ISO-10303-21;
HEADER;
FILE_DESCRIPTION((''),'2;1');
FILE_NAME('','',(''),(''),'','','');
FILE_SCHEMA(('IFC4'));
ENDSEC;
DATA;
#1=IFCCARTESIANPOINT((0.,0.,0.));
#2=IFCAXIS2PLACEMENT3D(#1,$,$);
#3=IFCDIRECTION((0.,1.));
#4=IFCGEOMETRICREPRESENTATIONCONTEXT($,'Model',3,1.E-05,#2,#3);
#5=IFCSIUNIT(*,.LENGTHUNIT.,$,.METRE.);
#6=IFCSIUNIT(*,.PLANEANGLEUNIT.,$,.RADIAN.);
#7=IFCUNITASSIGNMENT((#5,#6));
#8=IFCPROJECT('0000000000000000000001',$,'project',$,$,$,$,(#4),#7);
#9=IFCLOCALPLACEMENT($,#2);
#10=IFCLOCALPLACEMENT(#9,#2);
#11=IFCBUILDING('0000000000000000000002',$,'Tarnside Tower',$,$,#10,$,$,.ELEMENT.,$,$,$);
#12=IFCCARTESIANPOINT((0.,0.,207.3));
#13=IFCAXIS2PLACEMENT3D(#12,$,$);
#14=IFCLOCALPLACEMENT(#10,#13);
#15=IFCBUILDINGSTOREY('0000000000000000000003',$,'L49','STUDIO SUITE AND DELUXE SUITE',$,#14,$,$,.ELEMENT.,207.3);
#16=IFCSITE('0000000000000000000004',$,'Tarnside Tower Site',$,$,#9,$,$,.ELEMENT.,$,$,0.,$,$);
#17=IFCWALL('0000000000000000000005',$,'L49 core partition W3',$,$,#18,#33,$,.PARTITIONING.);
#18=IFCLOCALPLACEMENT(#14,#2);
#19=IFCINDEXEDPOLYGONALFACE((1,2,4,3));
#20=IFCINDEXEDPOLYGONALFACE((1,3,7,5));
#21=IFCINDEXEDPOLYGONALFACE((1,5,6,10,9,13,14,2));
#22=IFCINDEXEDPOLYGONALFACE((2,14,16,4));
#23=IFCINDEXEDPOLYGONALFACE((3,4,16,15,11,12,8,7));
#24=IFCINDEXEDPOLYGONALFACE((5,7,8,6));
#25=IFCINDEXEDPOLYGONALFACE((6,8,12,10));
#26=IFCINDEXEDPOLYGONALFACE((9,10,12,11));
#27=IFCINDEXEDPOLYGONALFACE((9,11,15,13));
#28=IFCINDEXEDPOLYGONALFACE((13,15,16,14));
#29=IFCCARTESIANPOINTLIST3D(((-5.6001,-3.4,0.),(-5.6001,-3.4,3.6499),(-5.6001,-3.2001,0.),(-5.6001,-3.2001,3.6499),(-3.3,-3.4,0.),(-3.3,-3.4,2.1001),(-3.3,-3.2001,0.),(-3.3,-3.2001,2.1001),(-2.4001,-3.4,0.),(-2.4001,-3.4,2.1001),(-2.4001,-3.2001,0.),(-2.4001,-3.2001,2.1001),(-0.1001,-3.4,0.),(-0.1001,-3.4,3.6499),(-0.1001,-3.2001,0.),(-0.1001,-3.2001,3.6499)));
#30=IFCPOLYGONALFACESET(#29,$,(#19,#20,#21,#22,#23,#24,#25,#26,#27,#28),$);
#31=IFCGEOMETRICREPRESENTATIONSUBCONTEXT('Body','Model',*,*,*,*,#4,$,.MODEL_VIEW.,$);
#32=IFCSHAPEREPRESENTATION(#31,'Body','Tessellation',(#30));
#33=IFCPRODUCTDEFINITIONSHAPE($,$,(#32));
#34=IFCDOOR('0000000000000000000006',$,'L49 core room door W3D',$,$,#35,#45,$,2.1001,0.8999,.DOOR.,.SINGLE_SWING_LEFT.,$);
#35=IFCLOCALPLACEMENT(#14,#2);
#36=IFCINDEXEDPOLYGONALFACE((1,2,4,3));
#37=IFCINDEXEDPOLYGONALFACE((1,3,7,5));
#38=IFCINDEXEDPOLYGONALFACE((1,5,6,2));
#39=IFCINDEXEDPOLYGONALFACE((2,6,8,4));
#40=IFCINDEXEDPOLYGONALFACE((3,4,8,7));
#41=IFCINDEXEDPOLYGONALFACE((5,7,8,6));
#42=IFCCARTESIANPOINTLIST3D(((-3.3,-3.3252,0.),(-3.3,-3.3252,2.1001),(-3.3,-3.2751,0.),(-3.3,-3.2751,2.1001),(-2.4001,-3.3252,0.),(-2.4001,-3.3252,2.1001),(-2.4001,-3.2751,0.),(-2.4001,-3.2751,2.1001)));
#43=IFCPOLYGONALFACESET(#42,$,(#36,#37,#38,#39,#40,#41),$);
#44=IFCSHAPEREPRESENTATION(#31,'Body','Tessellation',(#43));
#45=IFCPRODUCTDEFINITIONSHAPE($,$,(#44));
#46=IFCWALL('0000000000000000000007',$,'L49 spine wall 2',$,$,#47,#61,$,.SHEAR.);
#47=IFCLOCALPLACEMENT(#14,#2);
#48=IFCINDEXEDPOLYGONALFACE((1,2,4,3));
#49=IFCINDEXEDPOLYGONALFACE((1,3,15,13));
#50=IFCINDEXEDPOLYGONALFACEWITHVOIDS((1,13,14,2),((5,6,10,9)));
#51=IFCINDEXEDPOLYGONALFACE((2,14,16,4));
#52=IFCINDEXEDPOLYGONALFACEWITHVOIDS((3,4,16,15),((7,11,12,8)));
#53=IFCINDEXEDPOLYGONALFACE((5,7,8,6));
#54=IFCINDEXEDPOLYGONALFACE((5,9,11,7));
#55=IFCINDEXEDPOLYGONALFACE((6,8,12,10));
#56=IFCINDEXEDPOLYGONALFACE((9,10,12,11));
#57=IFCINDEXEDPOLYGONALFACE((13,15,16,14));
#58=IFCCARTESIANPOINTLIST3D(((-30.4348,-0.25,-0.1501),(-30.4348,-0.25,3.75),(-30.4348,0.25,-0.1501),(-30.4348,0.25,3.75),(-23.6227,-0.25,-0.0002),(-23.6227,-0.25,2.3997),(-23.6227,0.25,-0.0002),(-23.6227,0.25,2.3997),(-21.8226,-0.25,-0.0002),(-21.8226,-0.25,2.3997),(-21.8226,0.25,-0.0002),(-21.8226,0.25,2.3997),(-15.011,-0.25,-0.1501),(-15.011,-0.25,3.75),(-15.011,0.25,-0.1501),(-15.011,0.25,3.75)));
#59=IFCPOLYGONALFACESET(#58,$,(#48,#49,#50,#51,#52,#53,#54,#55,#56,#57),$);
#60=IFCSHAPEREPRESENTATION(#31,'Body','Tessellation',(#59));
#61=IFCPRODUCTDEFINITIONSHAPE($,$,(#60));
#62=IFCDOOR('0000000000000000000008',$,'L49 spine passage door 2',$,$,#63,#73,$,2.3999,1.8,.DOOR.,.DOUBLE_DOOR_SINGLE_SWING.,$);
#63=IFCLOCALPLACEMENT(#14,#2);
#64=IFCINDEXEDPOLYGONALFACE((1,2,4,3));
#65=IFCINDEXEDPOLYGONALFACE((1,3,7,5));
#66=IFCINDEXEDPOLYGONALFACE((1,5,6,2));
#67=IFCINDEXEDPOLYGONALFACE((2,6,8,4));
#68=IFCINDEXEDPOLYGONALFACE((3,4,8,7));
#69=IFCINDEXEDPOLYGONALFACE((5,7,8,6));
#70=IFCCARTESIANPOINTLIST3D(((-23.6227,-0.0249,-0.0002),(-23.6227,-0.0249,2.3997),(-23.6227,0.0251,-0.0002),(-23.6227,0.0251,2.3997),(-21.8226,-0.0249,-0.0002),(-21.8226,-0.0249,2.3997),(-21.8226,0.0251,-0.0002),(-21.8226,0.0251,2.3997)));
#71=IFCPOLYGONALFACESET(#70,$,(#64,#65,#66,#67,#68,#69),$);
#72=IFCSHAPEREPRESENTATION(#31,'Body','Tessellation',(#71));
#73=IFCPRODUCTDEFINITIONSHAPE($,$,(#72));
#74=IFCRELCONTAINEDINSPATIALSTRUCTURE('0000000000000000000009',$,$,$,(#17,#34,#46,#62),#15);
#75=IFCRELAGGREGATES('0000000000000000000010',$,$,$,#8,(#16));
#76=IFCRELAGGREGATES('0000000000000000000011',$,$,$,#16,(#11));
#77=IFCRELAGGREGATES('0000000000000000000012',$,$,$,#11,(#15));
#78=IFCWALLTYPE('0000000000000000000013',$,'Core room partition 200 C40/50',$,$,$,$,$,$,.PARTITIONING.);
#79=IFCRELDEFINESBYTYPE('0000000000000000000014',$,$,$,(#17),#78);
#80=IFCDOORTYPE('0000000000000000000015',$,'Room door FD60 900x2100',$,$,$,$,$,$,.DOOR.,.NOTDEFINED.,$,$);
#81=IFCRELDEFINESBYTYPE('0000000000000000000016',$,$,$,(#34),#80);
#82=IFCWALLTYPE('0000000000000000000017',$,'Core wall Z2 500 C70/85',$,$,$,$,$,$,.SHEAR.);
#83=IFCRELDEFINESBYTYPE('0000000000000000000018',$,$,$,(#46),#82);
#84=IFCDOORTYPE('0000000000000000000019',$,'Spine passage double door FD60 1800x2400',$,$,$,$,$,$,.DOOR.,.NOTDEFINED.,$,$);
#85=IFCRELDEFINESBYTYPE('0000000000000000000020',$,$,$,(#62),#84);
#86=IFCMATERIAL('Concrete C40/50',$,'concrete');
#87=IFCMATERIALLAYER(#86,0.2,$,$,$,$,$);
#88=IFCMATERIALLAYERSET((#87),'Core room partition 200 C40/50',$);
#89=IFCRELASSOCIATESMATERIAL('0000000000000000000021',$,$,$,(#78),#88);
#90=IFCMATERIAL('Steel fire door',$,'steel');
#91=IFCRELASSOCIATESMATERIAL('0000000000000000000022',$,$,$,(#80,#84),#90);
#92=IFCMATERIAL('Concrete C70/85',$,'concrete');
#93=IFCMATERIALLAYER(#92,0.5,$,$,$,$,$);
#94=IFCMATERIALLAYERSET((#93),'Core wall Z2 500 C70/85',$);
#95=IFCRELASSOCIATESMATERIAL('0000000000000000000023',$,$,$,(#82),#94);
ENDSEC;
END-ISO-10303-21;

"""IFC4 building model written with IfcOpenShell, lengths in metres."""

from ifc_helpers import new_model, si_unit, direction, frame, frame_2d, origin, place, context, subcontext, project, spatial, rectangle, extrude, material, layer, layer_set, type_object, element, fill, save


model = new_model("IFC4")

# Units and contexts
model_context = context("Model", 3, precision=1e-05, world=origin(), true_north=direction((0.0, 1.0)))
body_context = subcontext(model_context, "Body", "Model", "MODEL_VIEW")
ifc_project = project(units=[si_unit("LENGTHUNIT", "METRE"), si_unit("PLANEANGLEUNIT", "RADIAN")], contexts=[model_context])

# Site, building, storey
site_placement = place(None, origin())
site = spatial("IfcSite", under=ifc_project, at=site_placement, Name="Tarnside Tower Site", CompositionType="ELEMENT", RefElevation=0.0)
building_placement = place(site_placement, origin())
building = spatial("IfcBuilding", under=site, at=building_placement, Name="Tarnside Tower", CompositionType="ELEMENT")
storey_placement = place(building_placement, frame((0.0, 0.0, 207.3)))
storey = spatial("IfcBuildingStorey", under=building, at=storey_placement, Name="L49", Description="STUDIO SUITE AND DELUXE SUITE", CompositionType="ELEMENT", Elevation=207.3)

# Walls, openings, doors
ifc_material_1 = material(Name="Concrete C40/50", Category="concrete")
ifc_layer_1 = layer(ifc_material_1, 0.2)
ifc_layer_set_1 = layer_set([ifc_layer_1], Name="Core room partition 200 C40/50")
wall_type_1 = type_object("IfcWallType", Name="Core room partition 200 C40/50", PredefinedType="PARTITIONING", material=ifc_layer_set_1)
wall_1_placement = place(storey_placement, frame((-5.6001, -3.3, 0.0), z_axis=(0.0, 0.0, 1.0), x_axis=(1.0, 0.0, 0.0)))
wall_1 = element("IfcWall", 1, at=wall_1_placement, inside=storey, type_object=wall_type_1, Name="L49 core partition W3", PredefinedType="PARTITIONING", context=body_context, shape_type="SweptSolid", body=[
    extrude(rectangle(XDim=5.5, YDim=0.2, at=frame_2d((2.75, 0.0))), origin(), (0.0, 0.0, 1.0), 3.6499),
])
opening_1_placement = place(wall_1_placement, frame((2.3, 0.0, 0.0)))
opening_1 = element("IfcOpeningElement", 2, at=opening_1_placement, cuts=wall_1, PredefinedType="OPENING", context=body_context, shape_type="SweptSolid", body=[
    extrude(rectangle(XDim=0.8999, YDim=2.1001, at=frame_2d((0.45, 1.05))), frame((0.0, 0.1099, 0.0), z_axis=(0.0, -1.0, 0.0), x_axis=(1.0, 0.0, 0.0)), (0.0, 0.0, 1.0), 0.22),
])
ifc_material_2 = material(Name="Steel fire door", Category="steel")
door_type_1 = type_object("IfcDoorType", Name="Room door FD60 900x2100", OperationType="NOTDEFINED", PredefinedType="DOOR", material=ifc_material_2)
door_1_placement = place(opening_1_placement, origin())
door_1 = element("IfcDoor", 3, at=door_1_placement, inside=storey, type_object=door_type_1, Name="L49 core room door W3D", OperationType="SINGLE_SWING_LEFT", OverallHeight=2.1001, OverallWidth=0.8999, PredefinedType="DOOR", context=body_context, shape_type="SweptSolid", body=[
    extrude(rectangle(XDim=0.8999, YDim=2.1001, at=frame_2d((0.45, 1.05))), frame((0.0, 0.0249, 0.0), z_axis=(0.0, -1.0, 0.0), x_axis=(1.0, 0.0, 0.0)), (0.0, 0.0, 1.0), 0.05),
])
fill(opening_1, door_1)
ifc_material_3 = material(Name="Concrete C70/85", Category="concrete")
ifc_layer_2 = layer(ifc_material_3, 0.5)
ifc_layer_set_2 = layer_set([ifc_layer_2], Name="Core wall Z2 500 C70/85")
wall_type_2 = type_object("IfcWallType", Name="Core wall Z2 500 C70/85", PredefinedType="SHEAR", material=ifc_layer_set_2)
wall_2_placement = place(storey_placement, frame((-15.011, 0.0, -0.1501), z_axis=(0.0, 0.0, 1.0), x_axis=(-1.0, 0.0, 0.0)))
wall_2 = element("IfcWall", 4, at=wall_2_placement, inside=storey, type_object=wall_type_2, Name="L49 spine wall 2", PredefinedType="SHEAR", context=body_context, shape_type="SweptSolid", body=[
    extrude(rectangle(XDim=15.4238, YDim=0.5, at=frame_2d((7.7119, 0.0))), origin(), (0.0, 0.0, 1.0), 3.9001),
])
opening_2_placement = place(wall_2_placement, frame((6.8118, 0.0, 0.1499)))
opening_2 = element("IfcOpeningElement", 5, at=opening_2_placement, cuts=wall_2, PredefinedType="OPENING", context=body_context, shape_type="SweptSolid", body=[
    extrude(rectangle(XDim=1.8, YDim=2.3999, at=frame_2d((0.8999, 1.2))), frame((0.0, 0.26, 0.0), z_axis=(0.0, -1.0, 0.0), x_axis=(1.0, 0.0, 0.0)), (0.0, 0.0, 1.0), 0.52),
])
door_type_2 = type_object("IfcDoorType", Name="Spine passage double door FD60 1800x2400", OperationType="NOTDEFINED", PredefinedType="DOOR", material=ifc_material_2)
door_2_placement = place(opening_2_placement, origin())
door_2 = element("IfcDoor", 6, at=door_2_placement, inside=storey, type_object=door_type_2, Name="L49 spine passage door 2", OperationType="DOUBLE_DOOR_SINGLE_SWING", OverallHeight=2.3999, OverallWidth=1.8, PredefinedType="DOOR", context=body_context, shape_type="SweptSolid", body=[
    extrude(rectangle(XDim=1.8, YDim=2.3999, at=frame_2d((0.8999, 1.2))), frame((0.0, 0.0249, 0.0), z_axis=(0.0, -1.0, 0.0), x_axis=(1.0, 0.0, 0.0)), (0.0, 0.0, 1.0), 0.05),
])
fill(opening_2, door_2)

save(model, "model.ifc")
